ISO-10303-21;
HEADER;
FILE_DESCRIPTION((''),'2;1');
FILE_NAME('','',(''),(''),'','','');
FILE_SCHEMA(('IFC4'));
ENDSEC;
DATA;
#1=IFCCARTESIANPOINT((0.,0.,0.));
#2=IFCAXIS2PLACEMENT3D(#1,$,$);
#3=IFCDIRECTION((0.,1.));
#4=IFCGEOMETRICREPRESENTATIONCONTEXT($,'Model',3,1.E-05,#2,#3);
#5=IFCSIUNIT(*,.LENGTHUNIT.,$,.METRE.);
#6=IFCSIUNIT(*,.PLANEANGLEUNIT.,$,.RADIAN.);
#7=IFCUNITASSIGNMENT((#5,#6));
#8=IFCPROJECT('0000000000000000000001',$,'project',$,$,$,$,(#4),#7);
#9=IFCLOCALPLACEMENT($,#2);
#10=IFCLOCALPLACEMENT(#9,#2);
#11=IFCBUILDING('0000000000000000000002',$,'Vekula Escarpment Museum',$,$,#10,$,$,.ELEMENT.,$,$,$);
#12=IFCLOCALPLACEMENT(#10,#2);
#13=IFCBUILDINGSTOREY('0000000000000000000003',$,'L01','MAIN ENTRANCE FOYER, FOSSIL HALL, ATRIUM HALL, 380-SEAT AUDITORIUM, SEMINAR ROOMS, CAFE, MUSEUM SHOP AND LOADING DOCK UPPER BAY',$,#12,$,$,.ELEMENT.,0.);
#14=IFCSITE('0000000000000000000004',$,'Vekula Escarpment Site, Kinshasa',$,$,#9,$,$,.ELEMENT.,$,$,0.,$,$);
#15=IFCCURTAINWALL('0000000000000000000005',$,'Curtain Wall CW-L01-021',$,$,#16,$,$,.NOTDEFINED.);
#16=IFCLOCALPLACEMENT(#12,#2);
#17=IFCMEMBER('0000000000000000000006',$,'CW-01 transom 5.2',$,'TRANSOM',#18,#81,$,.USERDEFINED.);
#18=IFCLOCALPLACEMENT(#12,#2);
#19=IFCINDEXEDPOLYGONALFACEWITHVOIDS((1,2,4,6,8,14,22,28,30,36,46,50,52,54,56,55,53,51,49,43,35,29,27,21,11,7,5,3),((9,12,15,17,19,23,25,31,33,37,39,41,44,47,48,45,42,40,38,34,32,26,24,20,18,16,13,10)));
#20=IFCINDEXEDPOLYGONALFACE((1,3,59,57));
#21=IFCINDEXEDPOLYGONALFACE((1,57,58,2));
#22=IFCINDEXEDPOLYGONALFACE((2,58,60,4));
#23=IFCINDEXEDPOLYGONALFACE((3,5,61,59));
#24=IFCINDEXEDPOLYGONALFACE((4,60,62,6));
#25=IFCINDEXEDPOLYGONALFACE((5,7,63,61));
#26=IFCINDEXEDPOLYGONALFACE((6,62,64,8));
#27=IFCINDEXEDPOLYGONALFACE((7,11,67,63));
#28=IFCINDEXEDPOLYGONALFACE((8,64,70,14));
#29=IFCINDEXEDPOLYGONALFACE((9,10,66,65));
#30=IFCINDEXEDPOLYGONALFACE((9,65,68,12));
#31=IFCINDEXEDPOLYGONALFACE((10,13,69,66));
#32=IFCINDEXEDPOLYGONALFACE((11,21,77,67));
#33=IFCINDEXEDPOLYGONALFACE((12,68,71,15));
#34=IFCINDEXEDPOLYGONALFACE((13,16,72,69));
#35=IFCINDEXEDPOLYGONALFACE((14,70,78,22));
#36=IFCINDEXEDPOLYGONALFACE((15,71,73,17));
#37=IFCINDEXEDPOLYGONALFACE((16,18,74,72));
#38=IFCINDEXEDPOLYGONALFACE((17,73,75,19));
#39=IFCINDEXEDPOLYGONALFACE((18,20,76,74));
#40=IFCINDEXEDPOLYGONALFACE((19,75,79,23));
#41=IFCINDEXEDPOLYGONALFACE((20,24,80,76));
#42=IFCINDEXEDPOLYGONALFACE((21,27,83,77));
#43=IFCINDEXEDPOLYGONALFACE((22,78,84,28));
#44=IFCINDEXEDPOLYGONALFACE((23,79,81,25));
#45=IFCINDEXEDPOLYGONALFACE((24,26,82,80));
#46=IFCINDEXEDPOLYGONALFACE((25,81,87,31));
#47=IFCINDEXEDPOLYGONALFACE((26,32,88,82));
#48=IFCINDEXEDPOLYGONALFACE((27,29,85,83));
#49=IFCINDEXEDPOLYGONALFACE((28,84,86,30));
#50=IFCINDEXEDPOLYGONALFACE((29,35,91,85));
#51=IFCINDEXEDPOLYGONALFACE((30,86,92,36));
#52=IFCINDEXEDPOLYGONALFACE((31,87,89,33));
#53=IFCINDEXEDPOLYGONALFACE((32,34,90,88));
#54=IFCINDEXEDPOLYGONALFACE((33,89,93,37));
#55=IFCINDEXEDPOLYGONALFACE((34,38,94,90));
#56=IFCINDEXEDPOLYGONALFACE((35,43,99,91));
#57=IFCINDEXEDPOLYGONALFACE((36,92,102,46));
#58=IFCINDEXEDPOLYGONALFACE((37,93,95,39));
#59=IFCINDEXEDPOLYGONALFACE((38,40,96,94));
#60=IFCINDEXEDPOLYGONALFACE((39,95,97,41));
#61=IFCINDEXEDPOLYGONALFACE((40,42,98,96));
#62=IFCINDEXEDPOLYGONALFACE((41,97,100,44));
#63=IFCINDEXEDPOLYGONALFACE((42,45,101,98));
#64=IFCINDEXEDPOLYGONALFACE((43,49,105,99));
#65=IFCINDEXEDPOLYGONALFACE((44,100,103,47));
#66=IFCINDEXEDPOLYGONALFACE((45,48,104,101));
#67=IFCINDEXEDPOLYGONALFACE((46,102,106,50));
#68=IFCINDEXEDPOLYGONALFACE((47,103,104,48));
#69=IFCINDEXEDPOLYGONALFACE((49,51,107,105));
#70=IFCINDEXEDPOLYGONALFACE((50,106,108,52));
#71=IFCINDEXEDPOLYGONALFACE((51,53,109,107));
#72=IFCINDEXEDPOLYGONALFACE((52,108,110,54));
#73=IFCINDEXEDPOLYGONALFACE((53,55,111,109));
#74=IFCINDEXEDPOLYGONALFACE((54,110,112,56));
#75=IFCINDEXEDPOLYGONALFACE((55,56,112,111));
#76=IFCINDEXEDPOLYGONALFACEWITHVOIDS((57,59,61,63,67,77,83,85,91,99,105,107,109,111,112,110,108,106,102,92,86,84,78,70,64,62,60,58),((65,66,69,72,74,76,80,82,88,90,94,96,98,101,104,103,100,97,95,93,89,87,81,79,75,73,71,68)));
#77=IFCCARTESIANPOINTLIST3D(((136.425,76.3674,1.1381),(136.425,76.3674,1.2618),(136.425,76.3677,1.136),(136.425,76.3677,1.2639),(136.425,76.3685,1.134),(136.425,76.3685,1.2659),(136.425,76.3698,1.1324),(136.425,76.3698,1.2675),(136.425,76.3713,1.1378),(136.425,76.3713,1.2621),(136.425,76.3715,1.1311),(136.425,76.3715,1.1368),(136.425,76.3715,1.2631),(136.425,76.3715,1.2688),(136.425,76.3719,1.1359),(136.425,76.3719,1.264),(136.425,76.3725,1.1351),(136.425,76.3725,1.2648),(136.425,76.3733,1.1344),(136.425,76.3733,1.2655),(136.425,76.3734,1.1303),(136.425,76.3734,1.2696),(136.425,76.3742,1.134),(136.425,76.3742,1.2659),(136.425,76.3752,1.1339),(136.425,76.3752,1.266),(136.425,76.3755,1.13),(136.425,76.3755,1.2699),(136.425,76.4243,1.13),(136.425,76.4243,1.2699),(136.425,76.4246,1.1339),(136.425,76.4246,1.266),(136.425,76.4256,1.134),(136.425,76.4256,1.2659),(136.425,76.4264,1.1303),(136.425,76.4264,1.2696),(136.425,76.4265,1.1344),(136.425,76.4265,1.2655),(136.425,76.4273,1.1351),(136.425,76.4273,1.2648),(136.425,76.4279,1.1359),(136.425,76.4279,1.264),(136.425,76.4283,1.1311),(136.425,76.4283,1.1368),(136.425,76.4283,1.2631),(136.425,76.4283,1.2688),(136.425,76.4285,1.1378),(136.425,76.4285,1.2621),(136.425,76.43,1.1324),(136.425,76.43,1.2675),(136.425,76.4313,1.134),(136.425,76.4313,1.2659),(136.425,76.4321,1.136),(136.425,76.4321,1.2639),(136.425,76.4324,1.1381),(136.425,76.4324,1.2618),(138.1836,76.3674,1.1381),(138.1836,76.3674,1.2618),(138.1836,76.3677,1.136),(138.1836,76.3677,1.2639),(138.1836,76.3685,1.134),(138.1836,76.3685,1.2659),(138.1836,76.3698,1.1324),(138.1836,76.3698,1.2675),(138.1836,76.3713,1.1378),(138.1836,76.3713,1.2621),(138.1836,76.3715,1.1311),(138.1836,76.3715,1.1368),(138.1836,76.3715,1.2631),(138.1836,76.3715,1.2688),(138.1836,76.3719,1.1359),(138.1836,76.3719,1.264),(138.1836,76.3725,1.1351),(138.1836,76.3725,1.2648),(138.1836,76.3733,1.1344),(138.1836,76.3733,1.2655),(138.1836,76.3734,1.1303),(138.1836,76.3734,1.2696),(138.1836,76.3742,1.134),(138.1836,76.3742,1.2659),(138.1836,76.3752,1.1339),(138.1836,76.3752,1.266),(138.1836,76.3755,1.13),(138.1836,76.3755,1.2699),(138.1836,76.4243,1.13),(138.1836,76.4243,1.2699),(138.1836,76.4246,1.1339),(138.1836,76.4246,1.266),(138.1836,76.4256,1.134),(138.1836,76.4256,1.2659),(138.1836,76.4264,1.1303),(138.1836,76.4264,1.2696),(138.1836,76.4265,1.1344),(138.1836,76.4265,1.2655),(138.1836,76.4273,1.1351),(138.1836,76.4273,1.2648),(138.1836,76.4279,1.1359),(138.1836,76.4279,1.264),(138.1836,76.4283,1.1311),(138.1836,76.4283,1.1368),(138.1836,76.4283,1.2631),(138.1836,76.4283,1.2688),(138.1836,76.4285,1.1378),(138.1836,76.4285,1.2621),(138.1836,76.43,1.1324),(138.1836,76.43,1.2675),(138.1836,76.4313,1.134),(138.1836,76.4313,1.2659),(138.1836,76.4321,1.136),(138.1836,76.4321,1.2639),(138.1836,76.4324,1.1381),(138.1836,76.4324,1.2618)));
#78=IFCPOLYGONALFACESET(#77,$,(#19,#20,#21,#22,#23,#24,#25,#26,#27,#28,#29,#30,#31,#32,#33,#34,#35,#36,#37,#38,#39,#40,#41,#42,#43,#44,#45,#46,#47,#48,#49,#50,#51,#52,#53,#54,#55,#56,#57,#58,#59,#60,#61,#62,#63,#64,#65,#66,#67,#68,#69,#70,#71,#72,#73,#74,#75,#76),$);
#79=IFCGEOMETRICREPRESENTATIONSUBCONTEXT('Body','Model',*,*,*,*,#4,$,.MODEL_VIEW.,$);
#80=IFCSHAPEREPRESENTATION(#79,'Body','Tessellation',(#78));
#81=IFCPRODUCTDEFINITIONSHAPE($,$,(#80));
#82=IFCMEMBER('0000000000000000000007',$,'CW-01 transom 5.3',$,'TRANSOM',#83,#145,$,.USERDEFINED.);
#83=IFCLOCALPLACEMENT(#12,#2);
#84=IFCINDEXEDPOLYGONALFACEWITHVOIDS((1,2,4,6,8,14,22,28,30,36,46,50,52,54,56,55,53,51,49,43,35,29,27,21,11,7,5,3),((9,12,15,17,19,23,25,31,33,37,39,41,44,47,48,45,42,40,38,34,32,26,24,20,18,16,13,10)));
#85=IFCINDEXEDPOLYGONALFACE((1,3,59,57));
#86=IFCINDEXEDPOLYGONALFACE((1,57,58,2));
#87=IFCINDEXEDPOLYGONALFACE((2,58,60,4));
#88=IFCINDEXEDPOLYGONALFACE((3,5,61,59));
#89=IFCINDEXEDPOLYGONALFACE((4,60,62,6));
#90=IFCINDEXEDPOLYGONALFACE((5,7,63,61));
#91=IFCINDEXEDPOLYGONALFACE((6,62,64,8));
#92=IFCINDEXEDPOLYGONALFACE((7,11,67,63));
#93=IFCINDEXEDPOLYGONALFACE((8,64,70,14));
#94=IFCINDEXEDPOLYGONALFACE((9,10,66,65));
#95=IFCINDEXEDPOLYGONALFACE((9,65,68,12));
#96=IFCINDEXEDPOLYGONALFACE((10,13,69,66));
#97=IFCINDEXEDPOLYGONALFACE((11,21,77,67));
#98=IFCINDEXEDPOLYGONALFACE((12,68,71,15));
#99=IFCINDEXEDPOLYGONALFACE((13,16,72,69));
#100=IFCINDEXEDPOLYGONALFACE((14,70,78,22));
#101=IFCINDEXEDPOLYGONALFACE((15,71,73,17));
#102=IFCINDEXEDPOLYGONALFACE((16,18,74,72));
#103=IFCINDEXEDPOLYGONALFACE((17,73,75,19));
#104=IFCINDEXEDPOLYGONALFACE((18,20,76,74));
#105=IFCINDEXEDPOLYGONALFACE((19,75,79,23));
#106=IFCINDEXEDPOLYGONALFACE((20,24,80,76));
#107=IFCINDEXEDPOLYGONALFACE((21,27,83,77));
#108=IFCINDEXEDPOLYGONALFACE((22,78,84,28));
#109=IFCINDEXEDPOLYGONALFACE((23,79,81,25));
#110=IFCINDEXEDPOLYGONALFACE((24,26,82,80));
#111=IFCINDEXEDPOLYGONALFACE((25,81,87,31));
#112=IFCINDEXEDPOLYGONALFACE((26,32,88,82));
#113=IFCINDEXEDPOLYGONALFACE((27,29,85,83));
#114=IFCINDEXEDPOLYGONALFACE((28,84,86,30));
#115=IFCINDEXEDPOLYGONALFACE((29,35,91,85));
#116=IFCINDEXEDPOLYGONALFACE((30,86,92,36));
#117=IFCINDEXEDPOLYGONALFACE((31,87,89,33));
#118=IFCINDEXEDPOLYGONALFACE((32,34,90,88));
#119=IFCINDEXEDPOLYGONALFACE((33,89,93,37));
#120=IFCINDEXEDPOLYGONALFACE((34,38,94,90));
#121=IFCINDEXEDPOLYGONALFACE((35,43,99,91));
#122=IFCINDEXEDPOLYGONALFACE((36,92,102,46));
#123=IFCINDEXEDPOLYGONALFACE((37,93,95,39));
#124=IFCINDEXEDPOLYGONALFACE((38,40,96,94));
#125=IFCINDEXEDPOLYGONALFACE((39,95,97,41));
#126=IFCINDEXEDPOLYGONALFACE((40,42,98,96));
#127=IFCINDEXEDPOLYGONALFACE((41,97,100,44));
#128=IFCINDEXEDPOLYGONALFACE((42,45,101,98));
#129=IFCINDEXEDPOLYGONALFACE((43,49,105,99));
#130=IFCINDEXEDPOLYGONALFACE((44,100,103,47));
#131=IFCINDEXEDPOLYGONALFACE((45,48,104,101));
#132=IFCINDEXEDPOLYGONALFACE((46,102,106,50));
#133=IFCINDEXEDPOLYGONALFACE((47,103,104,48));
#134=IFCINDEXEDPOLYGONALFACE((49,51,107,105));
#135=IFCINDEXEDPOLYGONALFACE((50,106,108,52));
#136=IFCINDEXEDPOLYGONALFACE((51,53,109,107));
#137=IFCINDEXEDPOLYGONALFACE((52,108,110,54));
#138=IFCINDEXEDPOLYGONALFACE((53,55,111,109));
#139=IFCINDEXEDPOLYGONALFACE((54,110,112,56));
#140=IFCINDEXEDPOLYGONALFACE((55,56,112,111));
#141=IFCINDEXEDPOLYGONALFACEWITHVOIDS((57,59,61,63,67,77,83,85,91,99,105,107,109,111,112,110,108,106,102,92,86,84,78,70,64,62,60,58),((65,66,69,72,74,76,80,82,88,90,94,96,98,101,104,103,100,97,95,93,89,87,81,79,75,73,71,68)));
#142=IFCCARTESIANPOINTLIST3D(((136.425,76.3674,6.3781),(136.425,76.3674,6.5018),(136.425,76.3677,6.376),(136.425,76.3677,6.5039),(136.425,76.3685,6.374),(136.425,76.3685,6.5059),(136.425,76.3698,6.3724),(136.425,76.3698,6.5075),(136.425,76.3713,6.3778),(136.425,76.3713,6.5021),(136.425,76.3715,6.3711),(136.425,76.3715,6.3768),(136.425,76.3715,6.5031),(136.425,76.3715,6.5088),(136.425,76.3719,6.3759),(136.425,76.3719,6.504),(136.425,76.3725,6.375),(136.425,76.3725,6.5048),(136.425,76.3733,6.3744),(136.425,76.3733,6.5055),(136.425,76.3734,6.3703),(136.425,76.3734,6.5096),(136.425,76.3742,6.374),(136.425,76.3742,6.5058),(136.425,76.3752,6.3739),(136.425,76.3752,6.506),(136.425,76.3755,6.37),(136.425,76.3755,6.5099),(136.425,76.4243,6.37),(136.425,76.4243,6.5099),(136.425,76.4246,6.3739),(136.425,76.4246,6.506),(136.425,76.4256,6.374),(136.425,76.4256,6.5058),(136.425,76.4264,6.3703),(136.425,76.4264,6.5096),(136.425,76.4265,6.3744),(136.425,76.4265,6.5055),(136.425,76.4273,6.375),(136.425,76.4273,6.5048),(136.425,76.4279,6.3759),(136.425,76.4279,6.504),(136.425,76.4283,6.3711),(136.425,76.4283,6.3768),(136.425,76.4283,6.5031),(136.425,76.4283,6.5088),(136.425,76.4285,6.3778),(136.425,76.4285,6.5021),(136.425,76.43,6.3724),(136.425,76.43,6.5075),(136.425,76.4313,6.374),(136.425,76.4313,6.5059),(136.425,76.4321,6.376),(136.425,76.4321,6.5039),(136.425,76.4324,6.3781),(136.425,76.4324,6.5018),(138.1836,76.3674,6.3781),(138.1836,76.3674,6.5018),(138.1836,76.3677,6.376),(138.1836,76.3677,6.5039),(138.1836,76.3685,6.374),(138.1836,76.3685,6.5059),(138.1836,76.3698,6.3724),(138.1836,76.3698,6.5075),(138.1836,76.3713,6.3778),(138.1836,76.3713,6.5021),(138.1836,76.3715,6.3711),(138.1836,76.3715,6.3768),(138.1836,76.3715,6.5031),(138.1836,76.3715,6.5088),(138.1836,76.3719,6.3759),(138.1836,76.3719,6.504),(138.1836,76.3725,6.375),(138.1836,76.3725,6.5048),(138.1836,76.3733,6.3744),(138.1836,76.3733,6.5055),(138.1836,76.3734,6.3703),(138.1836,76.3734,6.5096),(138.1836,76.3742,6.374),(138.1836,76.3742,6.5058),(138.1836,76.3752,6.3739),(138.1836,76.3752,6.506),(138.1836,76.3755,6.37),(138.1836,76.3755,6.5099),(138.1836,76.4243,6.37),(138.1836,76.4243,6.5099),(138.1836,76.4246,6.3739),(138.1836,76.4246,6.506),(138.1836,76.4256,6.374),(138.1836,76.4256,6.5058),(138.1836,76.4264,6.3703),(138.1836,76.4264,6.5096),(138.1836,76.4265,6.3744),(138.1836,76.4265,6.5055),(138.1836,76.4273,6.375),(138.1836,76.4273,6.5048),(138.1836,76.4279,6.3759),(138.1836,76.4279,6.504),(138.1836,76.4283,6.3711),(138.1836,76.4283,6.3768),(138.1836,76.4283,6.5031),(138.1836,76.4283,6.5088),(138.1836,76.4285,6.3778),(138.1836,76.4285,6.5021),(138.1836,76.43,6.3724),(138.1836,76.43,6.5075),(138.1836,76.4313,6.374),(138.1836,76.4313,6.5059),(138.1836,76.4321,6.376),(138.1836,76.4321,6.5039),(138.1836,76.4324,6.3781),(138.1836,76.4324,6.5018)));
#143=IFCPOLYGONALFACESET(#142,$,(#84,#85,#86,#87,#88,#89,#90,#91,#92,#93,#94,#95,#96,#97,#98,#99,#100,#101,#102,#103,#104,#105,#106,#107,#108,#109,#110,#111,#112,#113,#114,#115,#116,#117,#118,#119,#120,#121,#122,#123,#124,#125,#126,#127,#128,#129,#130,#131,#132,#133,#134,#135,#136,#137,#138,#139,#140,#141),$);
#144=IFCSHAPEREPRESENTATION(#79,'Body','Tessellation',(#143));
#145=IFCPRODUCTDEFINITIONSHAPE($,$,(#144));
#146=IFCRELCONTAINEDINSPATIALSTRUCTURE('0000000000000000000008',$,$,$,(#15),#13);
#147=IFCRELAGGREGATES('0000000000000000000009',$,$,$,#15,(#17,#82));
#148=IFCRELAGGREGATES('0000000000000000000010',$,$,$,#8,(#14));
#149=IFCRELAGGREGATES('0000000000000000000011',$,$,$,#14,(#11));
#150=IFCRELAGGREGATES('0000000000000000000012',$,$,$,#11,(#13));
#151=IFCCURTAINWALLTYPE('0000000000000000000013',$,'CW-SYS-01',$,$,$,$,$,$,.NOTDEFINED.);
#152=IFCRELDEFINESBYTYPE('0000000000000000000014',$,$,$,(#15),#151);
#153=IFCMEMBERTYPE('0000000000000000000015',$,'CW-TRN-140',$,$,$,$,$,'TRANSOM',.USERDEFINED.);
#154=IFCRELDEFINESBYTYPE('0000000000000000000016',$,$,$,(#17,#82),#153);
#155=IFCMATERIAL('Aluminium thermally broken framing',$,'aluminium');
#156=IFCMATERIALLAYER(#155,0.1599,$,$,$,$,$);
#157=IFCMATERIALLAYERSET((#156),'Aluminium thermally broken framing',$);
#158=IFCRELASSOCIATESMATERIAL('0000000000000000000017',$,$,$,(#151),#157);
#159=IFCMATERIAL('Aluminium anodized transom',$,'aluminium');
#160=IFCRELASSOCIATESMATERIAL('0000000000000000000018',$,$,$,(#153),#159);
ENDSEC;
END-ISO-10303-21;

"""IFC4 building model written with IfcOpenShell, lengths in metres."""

from ifc_helpers import new_model, si_unit, direction, frame, origin, origin_2d, place, context, subcontext, project, spatial, hollow_rectangle, extrude, material, layer, layer_set, material_profile, profile_set, type_object, element, aggregate, save


model = new_model("IFC4")

# Units and contexts
model_context = context("Model", 3, precision=1e-05, world=origin(), true_north=direction((0.0, 1.0)))
body_context = subcontext(model_context, "Body", "Model", "MODEL_VIEW")
ifc_project = project(units=[si_unit("LENGTHUNIT", "METRE"), si_unit("PLANEANGLEUNIT", "RADIAN")], contexts=[model_context])

# Site, building, storey
site_placement = place(None, origin())
site = spatial("IfcSite", under=ifc_project, at=site_placement, Name="Vekula Escarpment Site, Kinshasa", CompositionType="ELEMENT", RefElevation=0.0)
building_placement = place(site_placement, origin())
building = spatial("IfcBuilding", under=site, at=building_placement, Name="Vekula Escarpment Museum", CompositionType="ELEMENT")
storey_placement = place(building_placement, origin())
storey = spatial("IfcBuildingStorey", under=building, at=storey_placement, Name="L01", Description="MAIN ENTRANCE FOYER, FOSSIL HALL, ATRIUM HALL, 380-SEAT AUDITORIUM, SEMINAR ROOMS, CAFE, MUSEUM SHOP AND LOADING DOCK UPPER BAY", CompositionType="ELEMENT", Elevation=0.0)

# Curtain wall, members
ifc_material_1 = material(Name="Aluminium thermally broken framing", Category="aluminium")
ifc_layer_1 = layer(ifc_material_1, 0.1599)
ifc_layer_set_1 = layer_set([ifc_layer_1], Name="Aluminium thermally broken framing")
curtain_wall_type = type_object("IfcCurtainWallType", Name="CW-SYS-01", PredefinedType="NOTDEFINED", material=ifc_layer_set_1)
curtain_wall_placement = place(storey_placement, origin())
curtain_wall = element("IfcCurtainWall", 1, at=curtain_wall_placement, inside=storey, type_object=curtain_wall_type, Name="Curtain Wall CW-L01-021", PredefinedType="NOTDEFINED")
ifc_material_2 = material(Name="Aluminium anodized transom", Category="aluminium")
ifc_material_profile_1 = material_profile(ifc_material_2, hollow_rectangle(XDim=0.0649, YDim=0.1399, WallThickness=0.0039, InnerFilletRadius=0.0039, OuterFilletRadius=0.0081, at=origin_2d()), Name="ALU 140x65x4")
ifc_profile_set_1 = profile_set([ifc_material_profile_1], Name="Aluminium anodized transom")
member_type_1 = type_object("IfcMemberType", Name="CW-TRN-140", ElementType="TRANSOM", PredefinedType="USERDEFINED", material=ifc_profile_set_1)
member_1_placement = place(storey_placement, frame((138.1836, 76.3999, 1.2), z_axis=(-1.0, 0.0, 0.0), x_axis=(0.0, -1.0, 0.0)))
member_1 = element("IfcMember", 2, at=member_1_placement, type_object=member_type_1, Name="CW-01 transom 5.2", ObjectType="TRANSOM", PredefinedType="USERDEFINED", context=body_context, shape_type="SweptSolid", body=[
    extrude(hollow_rectangle(XDim=0.0649, YDim=0.1399, WallThickness=0.0039, InnerFilletRadius=0.0039, OuterFilletRadius=0.0081, at=origin_2d()), origin(), (0.0, 0.0, 1.0), 1.7585),
])
member_2_placement = place(storey_placement, frame((138.1836, 76.3999, 6.4399), z_axis=(-1.0, 0.0, 0.0), x_axis=(0.0, -1.0, 0.0)))
member_2 = element("IfcMember", 3, at=member_2_placement, type_object=member_type_1, Name="CW-01 transom 5.3", ObjectType="TRANSOM", PredefinedType="USERDEFINED", context=body_context, shape_type="SweptSolid", body=[
    extrude(hollow_rectangle(XDim=0.0649, YDim=0.1399, WallThickness=0.0039, InnerFilletRadius=0.0039, OuterFilletRadius=0.0081, at=origin_2d()), origin(), (0.0, 0.0, 1.0), 1.7585),
])
aggregate(curtain_wall, [member_1, member_2])

save(model, "model.ifc")
